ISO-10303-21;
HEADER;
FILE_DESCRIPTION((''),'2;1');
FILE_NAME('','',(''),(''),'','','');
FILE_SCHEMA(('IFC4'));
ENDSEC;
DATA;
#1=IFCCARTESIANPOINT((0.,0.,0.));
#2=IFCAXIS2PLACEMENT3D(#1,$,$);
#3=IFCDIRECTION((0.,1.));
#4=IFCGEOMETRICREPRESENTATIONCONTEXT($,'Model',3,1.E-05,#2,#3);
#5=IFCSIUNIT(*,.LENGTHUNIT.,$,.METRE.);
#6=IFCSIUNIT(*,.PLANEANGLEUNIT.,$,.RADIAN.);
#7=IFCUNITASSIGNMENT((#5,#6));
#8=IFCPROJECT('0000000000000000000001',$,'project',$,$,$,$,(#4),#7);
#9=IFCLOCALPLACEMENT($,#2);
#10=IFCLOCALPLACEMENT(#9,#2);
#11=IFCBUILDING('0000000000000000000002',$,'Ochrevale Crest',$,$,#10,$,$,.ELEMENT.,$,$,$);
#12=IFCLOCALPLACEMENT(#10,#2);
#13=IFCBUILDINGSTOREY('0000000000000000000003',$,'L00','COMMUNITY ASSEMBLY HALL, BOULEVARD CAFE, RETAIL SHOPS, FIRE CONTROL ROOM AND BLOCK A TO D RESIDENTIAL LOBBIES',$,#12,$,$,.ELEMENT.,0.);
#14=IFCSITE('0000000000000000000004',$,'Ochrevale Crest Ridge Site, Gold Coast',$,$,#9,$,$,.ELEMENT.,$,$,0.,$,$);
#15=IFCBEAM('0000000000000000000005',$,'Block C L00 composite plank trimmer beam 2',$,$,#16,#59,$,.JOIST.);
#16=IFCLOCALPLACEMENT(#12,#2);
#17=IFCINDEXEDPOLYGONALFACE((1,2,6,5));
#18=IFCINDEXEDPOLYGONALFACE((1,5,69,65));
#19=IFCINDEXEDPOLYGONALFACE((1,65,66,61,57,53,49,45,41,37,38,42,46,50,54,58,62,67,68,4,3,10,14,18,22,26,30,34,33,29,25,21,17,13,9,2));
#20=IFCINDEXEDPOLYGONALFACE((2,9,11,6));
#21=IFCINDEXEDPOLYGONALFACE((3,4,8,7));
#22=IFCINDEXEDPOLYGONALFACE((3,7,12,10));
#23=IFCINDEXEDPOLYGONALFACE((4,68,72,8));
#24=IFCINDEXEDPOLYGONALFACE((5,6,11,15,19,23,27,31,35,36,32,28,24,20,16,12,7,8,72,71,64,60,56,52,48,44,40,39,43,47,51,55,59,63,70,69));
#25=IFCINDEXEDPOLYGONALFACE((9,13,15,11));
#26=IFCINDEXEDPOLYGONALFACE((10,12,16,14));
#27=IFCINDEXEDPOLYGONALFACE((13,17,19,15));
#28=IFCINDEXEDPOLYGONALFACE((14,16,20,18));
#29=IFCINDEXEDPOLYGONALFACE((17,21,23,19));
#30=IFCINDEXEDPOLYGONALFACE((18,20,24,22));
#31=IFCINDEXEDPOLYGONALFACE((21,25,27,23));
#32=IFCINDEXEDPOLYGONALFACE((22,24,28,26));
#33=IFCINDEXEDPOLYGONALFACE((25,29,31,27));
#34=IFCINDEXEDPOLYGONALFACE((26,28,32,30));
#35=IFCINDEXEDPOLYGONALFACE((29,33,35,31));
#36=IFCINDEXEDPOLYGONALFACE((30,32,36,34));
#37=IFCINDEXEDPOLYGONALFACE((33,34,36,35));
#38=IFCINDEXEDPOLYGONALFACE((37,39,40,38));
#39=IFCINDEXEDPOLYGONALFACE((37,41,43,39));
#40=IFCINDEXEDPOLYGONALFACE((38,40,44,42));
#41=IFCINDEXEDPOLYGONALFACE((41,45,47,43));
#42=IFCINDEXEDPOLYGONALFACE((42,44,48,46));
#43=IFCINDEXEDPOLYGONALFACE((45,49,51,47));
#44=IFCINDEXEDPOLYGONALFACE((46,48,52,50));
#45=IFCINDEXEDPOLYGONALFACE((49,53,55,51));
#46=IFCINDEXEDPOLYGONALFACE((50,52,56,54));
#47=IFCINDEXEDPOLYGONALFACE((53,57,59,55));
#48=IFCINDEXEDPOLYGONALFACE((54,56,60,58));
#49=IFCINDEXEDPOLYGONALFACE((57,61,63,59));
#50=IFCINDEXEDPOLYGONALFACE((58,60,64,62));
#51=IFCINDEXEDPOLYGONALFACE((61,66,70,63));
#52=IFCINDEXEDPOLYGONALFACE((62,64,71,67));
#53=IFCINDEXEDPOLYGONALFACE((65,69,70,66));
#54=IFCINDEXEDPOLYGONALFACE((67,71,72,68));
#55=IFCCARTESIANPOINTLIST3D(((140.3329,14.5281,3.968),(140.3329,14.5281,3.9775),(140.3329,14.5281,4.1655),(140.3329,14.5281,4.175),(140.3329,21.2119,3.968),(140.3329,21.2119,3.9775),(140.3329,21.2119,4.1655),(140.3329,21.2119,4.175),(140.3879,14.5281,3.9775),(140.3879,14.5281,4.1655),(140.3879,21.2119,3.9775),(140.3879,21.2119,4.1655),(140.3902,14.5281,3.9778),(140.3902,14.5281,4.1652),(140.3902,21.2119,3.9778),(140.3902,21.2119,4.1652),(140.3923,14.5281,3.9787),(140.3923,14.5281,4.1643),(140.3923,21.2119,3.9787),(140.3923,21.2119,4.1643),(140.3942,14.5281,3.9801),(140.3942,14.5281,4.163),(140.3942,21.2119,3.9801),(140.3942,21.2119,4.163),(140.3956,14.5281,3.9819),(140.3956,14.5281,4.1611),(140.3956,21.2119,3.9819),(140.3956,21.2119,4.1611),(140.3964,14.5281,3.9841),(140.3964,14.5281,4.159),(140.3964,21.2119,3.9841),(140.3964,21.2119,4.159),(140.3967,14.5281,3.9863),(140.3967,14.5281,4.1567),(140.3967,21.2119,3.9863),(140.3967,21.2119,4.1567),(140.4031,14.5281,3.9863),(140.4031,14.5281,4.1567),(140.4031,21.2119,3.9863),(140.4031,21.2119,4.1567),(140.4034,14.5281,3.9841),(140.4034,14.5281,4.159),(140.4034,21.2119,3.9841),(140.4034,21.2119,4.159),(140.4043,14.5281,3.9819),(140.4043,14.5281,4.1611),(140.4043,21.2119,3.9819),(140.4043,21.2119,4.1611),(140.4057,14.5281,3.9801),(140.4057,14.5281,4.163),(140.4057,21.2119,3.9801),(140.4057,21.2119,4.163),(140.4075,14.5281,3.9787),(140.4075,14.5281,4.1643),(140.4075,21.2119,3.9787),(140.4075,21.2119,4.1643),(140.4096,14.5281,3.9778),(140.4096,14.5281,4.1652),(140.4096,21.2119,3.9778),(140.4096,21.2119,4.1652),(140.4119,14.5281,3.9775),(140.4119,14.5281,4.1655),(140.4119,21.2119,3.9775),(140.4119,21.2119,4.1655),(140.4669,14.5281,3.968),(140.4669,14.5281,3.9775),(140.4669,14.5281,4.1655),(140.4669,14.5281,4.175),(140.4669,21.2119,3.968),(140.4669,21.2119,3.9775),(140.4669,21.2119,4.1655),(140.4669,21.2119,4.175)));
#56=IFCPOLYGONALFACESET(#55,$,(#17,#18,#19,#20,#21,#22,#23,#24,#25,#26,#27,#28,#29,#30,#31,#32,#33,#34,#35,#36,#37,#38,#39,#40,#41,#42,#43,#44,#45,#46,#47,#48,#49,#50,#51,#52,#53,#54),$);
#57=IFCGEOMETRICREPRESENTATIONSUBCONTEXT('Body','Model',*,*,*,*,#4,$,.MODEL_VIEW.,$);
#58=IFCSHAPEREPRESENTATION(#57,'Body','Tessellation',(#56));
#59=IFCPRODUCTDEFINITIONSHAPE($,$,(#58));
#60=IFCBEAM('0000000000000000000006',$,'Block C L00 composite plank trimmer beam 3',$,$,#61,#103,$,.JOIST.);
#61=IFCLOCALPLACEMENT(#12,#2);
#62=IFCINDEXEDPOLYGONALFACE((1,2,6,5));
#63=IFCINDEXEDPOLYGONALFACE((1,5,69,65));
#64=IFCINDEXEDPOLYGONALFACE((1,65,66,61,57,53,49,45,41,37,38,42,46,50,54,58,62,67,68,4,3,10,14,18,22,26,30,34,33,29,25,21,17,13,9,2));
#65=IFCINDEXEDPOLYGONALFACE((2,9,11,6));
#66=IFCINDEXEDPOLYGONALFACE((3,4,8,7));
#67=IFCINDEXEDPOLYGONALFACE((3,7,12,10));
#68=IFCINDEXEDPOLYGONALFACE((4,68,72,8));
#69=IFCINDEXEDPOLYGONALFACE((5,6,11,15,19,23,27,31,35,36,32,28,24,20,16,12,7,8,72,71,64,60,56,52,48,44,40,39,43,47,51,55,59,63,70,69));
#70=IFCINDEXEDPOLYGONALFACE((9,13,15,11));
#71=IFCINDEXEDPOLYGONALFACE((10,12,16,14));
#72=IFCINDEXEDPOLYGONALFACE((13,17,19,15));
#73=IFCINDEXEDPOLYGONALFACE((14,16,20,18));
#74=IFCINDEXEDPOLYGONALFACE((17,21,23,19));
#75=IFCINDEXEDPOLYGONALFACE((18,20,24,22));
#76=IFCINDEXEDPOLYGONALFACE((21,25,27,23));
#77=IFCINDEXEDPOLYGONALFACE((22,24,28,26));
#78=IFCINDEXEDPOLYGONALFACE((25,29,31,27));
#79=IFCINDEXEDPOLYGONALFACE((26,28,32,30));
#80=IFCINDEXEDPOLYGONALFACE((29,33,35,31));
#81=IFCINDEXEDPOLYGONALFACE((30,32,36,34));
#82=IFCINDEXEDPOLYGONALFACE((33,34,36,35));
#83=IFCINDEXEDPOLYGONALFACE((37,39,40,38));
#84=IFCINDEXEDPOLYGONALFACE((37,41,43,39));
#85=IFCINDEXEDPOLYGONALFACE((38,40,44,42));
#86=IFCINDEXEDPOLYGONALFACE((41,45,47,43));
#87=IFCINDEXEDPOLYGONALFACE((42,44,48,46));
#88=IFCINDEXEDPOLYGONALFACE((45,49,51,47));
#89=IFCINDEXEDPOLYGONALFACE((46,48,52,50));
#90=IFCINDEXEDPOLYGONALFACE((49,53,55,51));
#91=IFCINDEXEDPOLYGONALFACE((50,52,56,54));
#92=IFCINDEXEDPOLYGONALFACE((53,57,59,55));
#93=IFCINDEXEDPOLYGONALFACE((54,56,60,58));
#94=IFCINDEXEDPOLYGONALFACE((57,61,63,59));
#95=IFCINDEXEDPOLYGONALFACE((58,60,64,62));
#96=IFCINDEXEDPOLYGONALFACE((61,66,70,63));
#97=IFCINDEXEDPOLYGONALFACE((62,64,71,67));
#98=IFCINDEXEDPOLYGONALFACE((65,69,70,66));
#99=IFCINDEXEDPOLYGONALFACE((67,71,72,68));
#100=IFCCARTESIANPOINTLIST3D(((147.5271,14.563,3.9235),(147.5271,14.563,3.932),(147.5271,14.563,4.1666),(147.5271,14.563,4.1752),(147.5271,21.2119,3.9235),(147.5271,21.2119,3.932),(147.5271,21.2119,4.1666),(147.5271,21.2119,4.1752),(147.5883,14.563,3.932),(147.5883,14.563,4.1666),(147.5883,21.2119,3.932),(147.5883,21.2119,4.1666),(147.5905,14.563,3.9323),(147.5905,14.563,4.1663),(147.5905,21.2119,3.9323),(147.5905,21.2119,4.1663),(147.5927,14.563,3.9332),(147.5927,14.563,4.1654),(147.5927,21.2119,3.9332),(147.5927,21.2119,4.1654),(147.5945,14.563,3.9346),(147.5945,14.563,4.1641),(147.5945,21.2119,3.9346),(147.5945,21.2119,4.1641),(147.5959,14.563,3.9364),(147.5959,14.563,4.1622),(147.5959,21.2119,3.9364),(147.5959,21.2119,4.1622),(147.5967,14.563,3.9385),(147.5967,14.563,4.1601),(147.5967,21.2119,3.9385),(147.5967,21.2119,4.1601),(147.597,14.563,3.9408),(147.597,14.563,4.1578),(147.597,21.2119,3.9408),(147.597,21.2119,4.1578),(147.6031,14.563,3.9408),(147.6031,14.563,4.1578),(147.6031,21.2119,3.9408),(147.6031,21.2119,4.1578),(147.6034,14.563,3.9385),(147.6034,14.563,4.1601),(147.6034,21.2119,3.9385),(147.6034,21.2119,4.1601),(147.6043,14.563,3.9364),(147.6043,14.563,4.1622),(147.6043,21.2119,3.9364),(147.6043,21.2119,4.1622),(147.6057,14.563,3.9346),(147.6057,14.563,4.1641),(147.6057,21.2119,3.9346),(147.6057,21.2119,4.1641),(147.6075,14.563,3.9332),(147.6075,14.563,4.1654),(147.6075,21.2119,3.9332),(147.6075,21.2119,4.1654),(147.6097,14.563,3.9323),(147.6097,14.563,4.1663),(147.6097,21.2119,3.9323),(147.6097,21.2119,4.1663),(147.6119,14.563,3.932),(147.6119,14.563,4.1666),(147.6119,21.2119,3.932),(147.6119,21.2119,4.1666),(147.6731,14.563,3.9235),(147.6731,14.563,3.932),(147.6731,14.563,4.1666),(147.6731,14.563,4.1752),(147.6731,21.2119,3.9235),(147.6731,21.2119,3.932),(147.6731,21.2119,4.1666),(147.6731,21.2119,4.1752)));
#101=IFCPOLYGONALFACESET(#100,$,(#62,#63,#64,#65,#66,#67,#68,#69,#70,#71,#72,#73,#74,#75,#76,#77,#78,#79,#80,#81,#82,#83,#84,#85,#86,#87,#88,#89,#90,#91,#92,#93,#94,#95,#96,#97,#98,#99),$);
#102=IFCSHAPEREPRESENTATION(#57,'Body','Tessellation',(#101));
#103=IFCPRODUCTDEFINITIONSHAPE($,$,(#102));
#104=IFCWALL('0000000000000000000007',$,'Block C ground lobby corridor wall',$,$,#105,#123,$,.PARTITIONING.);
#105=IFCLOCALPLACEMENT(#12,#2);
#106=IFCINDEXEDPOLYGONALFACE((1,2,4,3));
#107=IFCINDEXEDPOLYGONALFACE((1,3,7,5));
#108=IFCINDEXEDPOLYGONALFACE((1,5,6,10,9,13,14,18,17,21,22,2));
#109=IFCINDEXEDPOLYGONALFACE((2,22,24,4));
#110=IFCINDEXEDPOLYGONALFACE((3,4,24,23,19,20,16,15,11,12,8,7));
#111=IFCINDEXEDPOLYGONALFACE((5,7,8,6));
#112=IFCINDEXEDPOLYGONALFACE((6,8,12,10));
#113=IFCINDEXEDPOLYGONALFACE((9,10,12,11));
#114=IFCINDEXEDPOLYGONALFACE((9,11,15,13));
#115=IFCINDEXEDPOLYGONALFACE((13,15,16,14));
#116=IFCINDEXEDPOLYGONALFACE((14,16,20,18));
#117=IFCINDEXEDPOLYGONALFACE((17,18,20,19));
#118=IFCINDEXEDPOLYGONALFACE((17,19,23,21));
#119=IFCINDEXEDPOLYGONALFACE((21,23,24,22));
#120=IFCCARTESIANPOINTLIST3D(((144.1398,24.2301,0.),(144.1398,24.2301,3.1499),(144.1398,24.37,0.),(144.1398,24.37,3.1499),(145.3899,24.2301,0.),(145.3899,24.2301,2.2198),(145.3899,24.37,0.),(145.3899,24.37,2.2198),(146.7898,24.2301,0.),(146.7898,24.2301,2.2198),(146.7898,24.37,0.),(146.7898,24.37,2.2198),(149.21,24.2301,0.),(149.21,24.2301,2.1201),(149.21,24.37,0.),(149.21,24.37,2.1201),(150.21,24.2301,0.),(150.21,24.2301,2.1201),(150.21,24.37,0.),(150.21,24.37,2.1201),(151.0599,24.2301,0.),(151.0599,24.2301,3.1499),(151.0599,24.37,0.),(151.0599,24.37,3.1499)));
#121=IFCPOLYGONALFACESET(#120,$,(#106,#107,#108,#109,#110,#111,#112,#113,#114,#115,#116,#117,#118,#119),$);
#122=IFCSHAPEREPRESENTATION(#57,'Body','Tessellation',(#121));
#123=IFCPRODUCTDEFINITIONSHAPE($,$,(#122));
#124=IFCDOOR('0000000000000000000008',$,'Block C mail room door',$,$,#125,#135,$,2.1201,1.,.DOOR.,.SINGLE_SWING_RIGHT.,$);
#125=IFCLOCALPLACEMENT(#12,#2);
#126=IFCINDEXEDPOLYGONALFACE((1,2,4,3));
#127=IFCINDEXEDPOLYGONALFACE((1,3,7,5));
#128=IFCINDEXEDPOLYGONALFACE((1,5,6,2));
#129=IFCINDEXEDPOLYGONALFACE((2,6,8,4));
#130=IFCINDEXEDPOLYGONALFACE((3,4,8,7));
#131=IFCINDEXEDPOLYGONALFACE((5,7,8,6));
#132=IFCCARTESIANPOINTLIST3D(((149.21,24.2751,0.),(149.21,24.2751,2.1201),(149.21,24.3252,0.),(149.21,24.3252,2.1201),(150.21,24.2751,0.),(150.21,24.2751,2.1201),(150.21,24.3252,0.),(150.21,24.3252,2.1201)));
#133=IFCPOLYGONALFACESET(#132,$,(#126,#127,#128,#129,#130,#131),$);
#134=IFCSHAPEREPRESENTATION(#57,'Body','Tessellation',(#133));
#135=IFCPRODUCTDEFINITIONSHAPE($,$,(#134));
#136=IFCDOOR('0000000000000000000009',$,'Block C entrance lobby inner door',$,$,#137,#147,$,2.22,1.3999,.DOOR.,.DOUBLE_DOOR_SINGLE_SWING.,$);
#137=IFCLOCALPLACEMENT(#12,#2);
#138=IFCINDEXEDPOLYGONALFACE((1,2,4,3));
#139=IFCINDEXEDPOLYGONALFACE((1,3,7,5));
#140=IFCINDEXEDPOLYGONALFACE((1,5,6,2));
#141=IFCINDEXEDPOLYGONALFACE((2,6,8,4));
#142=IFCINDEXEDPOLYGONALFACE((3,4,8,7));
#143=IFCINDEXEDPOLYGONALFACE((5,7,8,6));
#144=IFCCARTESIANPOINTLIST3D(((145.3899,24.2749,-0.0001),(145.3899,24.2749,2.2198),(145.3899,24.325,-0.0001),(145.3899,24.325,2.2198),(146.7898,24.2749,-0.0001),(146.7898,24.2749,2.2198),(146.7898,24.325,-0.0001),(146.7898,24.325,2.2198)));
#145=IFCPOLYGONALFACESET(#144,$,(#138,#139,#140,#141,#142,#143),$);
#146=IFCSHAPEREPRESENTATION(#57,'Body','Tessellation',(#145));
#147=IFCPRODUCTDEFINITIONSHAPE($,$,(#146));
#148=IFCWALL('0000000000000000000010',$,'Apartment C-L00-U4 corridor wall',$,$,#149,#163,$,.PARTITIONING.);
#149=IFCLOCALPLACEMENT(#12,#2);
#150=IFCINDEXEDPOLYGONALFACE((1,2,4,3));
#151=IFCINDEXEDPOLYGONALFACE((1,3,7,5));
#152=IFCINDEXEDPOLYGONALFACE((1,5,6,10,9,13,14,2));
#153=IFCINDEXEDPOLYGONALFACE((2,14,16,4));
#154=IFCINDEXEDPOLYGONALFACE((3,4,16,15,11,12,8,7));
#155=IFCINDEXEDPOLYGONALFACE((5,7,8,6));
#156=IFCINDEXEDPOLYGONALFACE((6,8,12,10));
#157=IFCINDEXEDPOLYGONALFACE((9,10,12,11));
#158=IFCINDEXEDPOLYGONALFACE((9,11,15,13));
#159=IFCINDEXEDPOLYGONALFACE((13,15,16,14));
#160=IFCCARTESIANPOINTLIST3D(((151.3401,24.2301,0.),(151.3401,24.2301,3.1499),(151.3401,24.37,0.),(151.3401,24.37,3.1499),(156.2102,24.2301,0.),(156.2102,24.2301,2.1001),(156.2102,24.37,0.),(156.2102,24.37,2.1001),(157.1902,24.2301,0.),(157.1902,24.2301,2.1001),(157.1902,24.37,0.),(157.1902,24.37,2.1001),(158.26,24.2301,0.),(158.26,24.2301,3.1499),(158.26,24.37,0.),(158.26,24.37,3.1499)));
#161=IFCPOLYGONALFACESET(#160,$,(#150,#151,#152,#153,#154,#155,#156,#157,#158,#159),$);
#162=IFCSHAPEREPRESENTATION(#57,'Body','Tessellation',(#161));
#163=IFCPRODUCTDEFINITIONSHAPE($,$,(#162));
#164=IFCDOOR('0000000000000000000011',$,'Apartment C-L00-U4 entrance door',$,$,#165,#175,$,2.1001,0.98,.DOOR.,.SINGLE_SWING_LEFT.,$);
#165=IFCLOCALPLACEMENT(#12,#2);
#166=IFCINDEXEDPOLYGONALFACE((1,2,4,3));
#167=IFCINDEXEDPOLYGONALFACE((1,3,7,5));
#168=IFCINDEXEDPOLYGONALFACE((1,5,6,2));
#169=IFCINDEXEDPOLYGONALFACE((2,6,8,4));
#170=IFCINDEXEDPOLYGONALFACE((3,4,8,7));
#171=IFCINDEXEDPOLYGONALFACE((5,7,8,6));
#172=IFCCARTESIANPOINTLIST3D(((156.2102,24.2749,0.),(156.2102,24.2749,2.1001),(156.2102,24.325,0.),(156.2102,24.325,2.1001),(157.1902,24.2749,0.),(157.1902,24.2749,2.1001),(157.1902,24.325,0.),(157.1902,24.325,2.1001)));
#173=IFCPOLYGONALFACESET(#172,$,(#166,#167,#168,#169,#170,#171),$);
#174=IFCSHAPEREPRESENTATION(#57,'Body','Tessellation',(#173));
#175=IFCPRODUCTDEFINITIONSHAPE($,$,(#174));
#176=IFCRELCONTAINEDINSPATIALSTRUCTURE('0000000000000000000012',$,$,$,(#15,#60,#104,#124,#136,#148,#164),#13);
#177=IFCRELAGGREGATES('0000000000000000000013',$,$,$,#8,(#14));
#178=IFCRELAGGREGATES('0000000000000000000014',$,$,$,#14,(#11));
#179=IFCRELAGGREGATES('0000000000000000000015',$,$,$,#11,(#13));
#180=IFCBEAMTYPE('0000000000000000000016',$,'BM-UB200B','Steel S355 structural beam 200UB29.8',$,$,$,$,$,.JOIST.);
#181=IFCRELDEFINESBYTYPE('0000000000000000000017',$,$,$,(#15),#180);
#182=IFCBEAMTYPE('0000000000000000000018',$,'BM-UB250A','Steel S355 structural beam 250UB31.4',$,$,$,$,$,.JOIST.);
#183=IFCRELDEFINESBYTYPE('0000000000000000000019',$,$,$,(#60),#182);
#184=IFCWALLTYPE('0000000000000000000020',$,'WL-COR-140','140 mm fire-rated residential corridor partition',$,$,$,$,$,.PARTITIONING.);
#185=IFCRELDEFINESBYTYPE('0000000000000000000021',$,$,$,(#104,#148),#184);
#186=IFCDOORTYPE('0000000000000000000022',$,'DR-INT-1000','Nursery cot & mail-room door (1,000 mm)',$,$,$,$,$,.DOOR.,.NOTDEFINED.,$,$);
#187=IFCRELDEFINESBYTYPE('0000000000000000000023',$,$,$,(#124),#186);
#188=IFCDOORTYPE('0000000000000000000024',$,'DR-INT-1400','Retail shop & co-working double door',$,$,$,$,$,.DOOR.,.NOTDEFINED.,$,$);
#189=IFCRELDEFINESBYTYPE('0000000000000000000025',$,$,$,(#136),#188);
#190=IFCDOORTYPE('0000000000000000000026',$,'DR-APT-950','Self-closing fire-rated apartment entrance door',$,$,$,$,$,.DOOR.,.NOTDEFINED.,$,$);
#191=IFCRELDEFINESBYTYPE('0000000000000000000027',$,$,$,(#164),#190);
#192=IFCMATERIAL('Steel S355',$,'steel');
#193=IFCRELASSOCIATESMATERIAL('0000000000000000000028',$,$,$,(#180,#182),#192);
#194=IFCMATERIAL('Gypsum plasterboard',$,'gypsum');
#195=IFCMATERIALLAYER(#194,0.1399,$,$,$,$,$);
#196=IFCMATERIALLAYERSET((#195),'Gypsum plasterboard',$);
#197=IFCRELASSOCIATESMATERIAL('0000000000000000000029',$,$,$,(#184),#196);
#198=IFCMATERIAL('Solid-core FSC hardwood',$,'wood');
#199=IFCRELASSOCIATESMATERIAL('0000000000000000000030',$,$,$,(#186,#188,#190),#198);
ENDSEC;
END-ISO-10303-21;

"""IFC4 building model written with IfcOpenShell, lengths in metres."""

from ifc_helpers import new_model, si_unit, direction, frame, frame_2d, origin, origin_2d, place, context, subcontext, project, spatial, rectangle, i_section, extrude, material, layer, layer_set, material_profile, profile_set, type_object, element, fill, save


model = new_model("IFC4")

# Units and contexts
model_context = context("Model", 3, precision=1e-05, world=origin(), true_north=direction((0.0, 1.0)))
body_context = subcontext(model_context, "Body", "Model", "MODEL_VIEW")
ifc_project = project(units=[si_unit("LENGTHUNIT", "METRE"), si_unit("PLANEANGLEUNIT", "RADIAN")], contexts=[model_context])

# Site, building, storey
site_placement = place(None, origin())
site = spatial("IfcSite", under=ifc_project, at=site_placement, Name="Ochrevale Crest Ridge Site, Gold Coast", CompositionType="ELEMENT", RefElevation=0.0)
building_placement = place(site_placement, origin())
building = spatial("IfcBuilding", under=site, at=building_placement, Name="Ochrevale Crest", CompositionType="ELEMENT")
storey_placement = place(building_placement, origin())
storey = spatial("IfcBuildingStorey", under=building, at=storey_placement, Name="L00", Description="COMMUNITY ASSEMBLY HALL, BOULEVARD CAFE, RETAIL SHOPS, FIRE CONTROL ROOM AND BLOCK A TO D RESIDENTIAL LOBBIES", CompositionType="ELEMENT", Elevation=0.0)

# Beams
ifc_material_1 = material(Name="Steel S355", Category="steel")
ifc_material_profile_1 = material_profile(ifc_material_1, i_section(OverallWidth=0.134, OverallDepth=0.207, WebThickness=0.0063, FlangeThickness=0.0095, FilletRadius=0.0088, at=origin_2d()), Name="200UB29.8")
ifc_profile_set_1 = profile_set([ifc_material_profile_1], Name="Steel S355")
beam_type_1 = type_object("IfcBeamType", Name="BM-UB200B", Description="Steel S355 structural beam 200UB29.8", PredefinedType="JOIST", material=ifc_profile_set_1)
beam_1_placement = place(storey_placement, frame((140.3999, 14.5281, 4.0715), z_axis=(0.0, 1.0, 0.0), x_axis=(-1.0, 0.0, 0.0)))
element("IfcBeam", 1, at=beam_1_placement, inside=storey, type_object=beam_type_1, Name="Block C L00 composite plank trimmer beam 2", PredefinedType="JOIST", context=body_context, shape_type="SweptSolid", body=[
    extrude(i_section(OverallWidth=0.134, OverallDepth=0.207, WebThickness=0.0063, FlangeThickness=0.0095, FilletRadius=0.0088, at=origin_2d()), origin(), (0.0, 0.0, 1.0), 6.6838),
])
ifc_material_profile_2 = material_profile(ifc_material_1, i_section(OverallWidth=0.146, OverallDepth=0.2517, WebThickness=0.0061, FlangeThickness=0.0085, FilletRadius=0.0088, at=origin_2d()), Name="250UB31.4")
ifc_profile_set_2 = profile_set([ifc_material_profile_2], Name="Steel S355")
beam_type_2 = type_object("IfcBeamType", Name="BM-UB250A", Description="Steel S355 structural beam 250UB31.4", PredefinedType="JOIST", material=ifc_profile_set_2)
beam_2_placement = place(storey_placement, frame((147.6001, 14.563, 4.0493), z_axis=(0.0, 1.0, 0.0), x_axis=(-1.0, 0.0, 0.0)))
element("IfcBeam", 2, at=beam_2_placement, inside=storey, type_object=beam_type_2, Name="Block C L00 composite plank trimmer beam 3", PredefinedType="JOIST", context=body_context, shape_type="SweptSolid", body=[
    extrude(i_section(OverallWidth=0.146, OverallDepth=0.2517, WebThickness=0.0061, FlangeThickness=0.0085, FilletRadius=0.0088, at=origin_2d()), origin(), (0.0, 0.0, 1.0), 6.6489),
])

# Wall, openings, doors
ifc_material_2 = material(Name="Gypsum plasterboard", Category="gypsum")
ifc_layer_1 = layer(ifc_material_2, 0.1399)
ifc_layer_set_1 = layer_set([ifc_layer_1], Name="Gypsum plasterboard")
wall_type_1 = type_object("IfcWallType", Name="WL-COR-140", Description="140 mm fire-rated residential corridor partition", PredefinedType="PARTITIONING", material=ifc_layer_set_1)
wall_1_placement = place(storey_placement, frame((144.1399, 24.3, 0.0), z_axis=(0.0, 0.0, 1.0), x_axis=(1.0, 0.0, 0.0)))
wall_1 = element("IfcWall", 3, at=wall_1_placement, inside=storey, type_object=wall_type_1, Name="Block C ground lobby corridor wall", PredefinedType="PARTITIONING", context=body_context, shape_type="SweptSolid", body=[
    extrude(rectangle(XDim=6.9202, YDim=0.1399, at=frame_2d((3.46, 0.0))), origin(), (0.0, 0.0, 1.0), 3.1499),
])
opening_1_placement = place(wall_1_placement, frame((1.25, 0.0, 0.0)))
opening_1 = element("IfcOpeningElement", 4, at=opening_1_placement, cuts=wall_1, PredefinedType="OPENING", context=body_context, shape_type="SweptSolid", body=[
    extrude(rectangle(XDim=1.3999, YDim=2.22, at=frame_2d((0.7, 1.1099))), frame((0.0, 0.0801, 0.0), z_axis=(0.0, -1.0, 0.0), x_axis=(1.0, 0.0, 0.0)), (0.0, 0.0, 1.0), 0.1599),
])
opening_2_placement = place(wall_1_placement, frame((6.0701, 0.0, 0.0), z_axis=(0.0, 0.0, 1.0), x_axis=(-1.0, 0.0, 0.0)))
opening_2 = element("IfcOpeningElement", 5, at=opening_2_placement, cuts=wall_1, PredefinedType="OPENING", context=body_context, shape_type="SweptSolid", body=[
    extrude(rectangle(XDim=1.0, YDim=2.1201, at=frame_2d((0.5, 1.0601))), frame((0.0, 0.0801, 0.0), z_axis=(0.0, -1.0, 0.0), x_axis=(1.0, 0.0, 0.0)), (0.0, 0.0, 1.0), 0.1599),
])
ifc_material_3 = material(Name="Solid-core FSC hardwood", Category="wood")
door_type_1 = type_object("IfcDoorType", Name="DR-INT-1000", Description="Nursery cot & mail-room door (1,000 mm)", OperationType="NOTDEFINED", PredefinedType="DOOR", material=ifc_material_3)
door_1_placement = place(opening_2_placement, origin())
door_1 = element("IfcDoor", 6, at=door_1_placement, inside=storey, type_object=door_type_1, Name="Block C mail room door", OperationType="SINGLE_SWING_RIGHT", OverallHeight=2.1201, OverallWidth=1.0, PredefinedType="DOOR", context=body_context, shape_type="SweptSolid", body=[
    extrude(rectangle(XDim=1.0, YDim=2.1201, at=frame_2d((0.5, 1.0601))), frame((0.0, 0.0249, 0.0), z_axis=(0.0, -1.0, 0.0), x_axis=(1.0, 0.0, 0.0)), (0.0, 0.0, 1.0), 0.05),
])
fill(opening_2, door_1)
door_type_2 = type_object("IfcDoorType", Name="DR-INT-1400", Description="Retail shop & co-working double door", OperationType="NOTDEFINED", PredefinedType="DOOR", material=ifc_material_3)
door_2_placement = place(opening_1_placement, origin())
door_2 = element("IfcDoor", 7, at=door_2_placement, inside=storey, type_object=door_type_2, Name="Block C entrance lobby inner door", OperationType="DOUBLE_DOOR_SINGLE_SWING", OverallHeight=2.22, OverallWidth=1.3999, PredefinedType="DOOR", context=body_context, shape_type="SweptSolid", body=[
    extrude(rectangle(XDim=1.3999, YDim=2.22, at=frame_2d((0.7, 1.1099))), frame((0.0, 0.0249, 0.0), z_axis=(0.0, -1.0, 0.0), x_axis=(1.0, 0.0, 0.0)), (0.0, 0.0, 1.0), 0.05),
])
fill(opening_1, door_2)

# Wall, opening, door
wall_2_placement = place(storey_placement, frame((151.3401, 24.3, 0.0), z_axis=(0.0, 0.0, 1.0), x_axis=(1.0, 0.0, 0.0)))
wall_2 = element("IfcWall", 8, at=wall_2_placement, inside=storey, type_object=wall_type_1, Name="Apartment C-L00-U4 corridor wall", PredefinedType="PARTITIONING", context=body_context, shape_type="SweptSolid", body=[
    extrude(rectangle(XDim=6.9199, YDim=0.1399, at=frame_2d((3.46, 0.0))), origin(), (0.0, 0.0, 1.0), 3.1499),
])
opening_3_placement = place(wall_2_placement, frame((4.8701, 0.0, 0.0)))
opening_3 = element("IfcOpeningElement", 9, at=opening_3_placement, cuts=wall_2, PredefinedType="OPENING", context=body_context, shape_type="SweptSolid", body=[
    extrude(rectangle(XDim=0.98, YDim=2.1001, at=frame_2d((0.49, 1.05))), frame((0.0, 0.0801, 0.0), z_axis=(0.0, -1.0, 0.0), x_axis=(1.0, 0.0, 0.0)), (0.0, 0.0, 1.0), 0.1599),
])
door_type_3 = type_object("IfcDoorType", Name="DR-APT-950", Description="Self-closing fire-rated apartment entrance door", OperationType="NOTDEFINED", PredefinedType="DOOR", material=ifc_material_3)
door_3_placement = place(opening_3_placement, origin())
door_3 = element("IfcDoor", 10, at=door_3_placement, inside=storey, type_object=door_type_3, Name="Apartment C-L00-U4 entrance door", OperationType="SINGLE_SWING_LEFT", OverallHeight=2.1001, OverallWidth=0.98, PredefinedType="DOOR", context=body_context, shape_type="SweptSolid", body=[
    extrude(rectangle(XDim=0.98, YDim=2.1001, at=frame_2d((0.49, 1.05))), frame((0.0, 0.0249, 0.0), z_axis=(0.0, -1.0, 0.0), x_axis=(1.0, 0.0, 0.0)), (0.0, 0.0, 1.0), 0.05),
])
fill(opening_3, door_3)

save(model, "model.ifc")
